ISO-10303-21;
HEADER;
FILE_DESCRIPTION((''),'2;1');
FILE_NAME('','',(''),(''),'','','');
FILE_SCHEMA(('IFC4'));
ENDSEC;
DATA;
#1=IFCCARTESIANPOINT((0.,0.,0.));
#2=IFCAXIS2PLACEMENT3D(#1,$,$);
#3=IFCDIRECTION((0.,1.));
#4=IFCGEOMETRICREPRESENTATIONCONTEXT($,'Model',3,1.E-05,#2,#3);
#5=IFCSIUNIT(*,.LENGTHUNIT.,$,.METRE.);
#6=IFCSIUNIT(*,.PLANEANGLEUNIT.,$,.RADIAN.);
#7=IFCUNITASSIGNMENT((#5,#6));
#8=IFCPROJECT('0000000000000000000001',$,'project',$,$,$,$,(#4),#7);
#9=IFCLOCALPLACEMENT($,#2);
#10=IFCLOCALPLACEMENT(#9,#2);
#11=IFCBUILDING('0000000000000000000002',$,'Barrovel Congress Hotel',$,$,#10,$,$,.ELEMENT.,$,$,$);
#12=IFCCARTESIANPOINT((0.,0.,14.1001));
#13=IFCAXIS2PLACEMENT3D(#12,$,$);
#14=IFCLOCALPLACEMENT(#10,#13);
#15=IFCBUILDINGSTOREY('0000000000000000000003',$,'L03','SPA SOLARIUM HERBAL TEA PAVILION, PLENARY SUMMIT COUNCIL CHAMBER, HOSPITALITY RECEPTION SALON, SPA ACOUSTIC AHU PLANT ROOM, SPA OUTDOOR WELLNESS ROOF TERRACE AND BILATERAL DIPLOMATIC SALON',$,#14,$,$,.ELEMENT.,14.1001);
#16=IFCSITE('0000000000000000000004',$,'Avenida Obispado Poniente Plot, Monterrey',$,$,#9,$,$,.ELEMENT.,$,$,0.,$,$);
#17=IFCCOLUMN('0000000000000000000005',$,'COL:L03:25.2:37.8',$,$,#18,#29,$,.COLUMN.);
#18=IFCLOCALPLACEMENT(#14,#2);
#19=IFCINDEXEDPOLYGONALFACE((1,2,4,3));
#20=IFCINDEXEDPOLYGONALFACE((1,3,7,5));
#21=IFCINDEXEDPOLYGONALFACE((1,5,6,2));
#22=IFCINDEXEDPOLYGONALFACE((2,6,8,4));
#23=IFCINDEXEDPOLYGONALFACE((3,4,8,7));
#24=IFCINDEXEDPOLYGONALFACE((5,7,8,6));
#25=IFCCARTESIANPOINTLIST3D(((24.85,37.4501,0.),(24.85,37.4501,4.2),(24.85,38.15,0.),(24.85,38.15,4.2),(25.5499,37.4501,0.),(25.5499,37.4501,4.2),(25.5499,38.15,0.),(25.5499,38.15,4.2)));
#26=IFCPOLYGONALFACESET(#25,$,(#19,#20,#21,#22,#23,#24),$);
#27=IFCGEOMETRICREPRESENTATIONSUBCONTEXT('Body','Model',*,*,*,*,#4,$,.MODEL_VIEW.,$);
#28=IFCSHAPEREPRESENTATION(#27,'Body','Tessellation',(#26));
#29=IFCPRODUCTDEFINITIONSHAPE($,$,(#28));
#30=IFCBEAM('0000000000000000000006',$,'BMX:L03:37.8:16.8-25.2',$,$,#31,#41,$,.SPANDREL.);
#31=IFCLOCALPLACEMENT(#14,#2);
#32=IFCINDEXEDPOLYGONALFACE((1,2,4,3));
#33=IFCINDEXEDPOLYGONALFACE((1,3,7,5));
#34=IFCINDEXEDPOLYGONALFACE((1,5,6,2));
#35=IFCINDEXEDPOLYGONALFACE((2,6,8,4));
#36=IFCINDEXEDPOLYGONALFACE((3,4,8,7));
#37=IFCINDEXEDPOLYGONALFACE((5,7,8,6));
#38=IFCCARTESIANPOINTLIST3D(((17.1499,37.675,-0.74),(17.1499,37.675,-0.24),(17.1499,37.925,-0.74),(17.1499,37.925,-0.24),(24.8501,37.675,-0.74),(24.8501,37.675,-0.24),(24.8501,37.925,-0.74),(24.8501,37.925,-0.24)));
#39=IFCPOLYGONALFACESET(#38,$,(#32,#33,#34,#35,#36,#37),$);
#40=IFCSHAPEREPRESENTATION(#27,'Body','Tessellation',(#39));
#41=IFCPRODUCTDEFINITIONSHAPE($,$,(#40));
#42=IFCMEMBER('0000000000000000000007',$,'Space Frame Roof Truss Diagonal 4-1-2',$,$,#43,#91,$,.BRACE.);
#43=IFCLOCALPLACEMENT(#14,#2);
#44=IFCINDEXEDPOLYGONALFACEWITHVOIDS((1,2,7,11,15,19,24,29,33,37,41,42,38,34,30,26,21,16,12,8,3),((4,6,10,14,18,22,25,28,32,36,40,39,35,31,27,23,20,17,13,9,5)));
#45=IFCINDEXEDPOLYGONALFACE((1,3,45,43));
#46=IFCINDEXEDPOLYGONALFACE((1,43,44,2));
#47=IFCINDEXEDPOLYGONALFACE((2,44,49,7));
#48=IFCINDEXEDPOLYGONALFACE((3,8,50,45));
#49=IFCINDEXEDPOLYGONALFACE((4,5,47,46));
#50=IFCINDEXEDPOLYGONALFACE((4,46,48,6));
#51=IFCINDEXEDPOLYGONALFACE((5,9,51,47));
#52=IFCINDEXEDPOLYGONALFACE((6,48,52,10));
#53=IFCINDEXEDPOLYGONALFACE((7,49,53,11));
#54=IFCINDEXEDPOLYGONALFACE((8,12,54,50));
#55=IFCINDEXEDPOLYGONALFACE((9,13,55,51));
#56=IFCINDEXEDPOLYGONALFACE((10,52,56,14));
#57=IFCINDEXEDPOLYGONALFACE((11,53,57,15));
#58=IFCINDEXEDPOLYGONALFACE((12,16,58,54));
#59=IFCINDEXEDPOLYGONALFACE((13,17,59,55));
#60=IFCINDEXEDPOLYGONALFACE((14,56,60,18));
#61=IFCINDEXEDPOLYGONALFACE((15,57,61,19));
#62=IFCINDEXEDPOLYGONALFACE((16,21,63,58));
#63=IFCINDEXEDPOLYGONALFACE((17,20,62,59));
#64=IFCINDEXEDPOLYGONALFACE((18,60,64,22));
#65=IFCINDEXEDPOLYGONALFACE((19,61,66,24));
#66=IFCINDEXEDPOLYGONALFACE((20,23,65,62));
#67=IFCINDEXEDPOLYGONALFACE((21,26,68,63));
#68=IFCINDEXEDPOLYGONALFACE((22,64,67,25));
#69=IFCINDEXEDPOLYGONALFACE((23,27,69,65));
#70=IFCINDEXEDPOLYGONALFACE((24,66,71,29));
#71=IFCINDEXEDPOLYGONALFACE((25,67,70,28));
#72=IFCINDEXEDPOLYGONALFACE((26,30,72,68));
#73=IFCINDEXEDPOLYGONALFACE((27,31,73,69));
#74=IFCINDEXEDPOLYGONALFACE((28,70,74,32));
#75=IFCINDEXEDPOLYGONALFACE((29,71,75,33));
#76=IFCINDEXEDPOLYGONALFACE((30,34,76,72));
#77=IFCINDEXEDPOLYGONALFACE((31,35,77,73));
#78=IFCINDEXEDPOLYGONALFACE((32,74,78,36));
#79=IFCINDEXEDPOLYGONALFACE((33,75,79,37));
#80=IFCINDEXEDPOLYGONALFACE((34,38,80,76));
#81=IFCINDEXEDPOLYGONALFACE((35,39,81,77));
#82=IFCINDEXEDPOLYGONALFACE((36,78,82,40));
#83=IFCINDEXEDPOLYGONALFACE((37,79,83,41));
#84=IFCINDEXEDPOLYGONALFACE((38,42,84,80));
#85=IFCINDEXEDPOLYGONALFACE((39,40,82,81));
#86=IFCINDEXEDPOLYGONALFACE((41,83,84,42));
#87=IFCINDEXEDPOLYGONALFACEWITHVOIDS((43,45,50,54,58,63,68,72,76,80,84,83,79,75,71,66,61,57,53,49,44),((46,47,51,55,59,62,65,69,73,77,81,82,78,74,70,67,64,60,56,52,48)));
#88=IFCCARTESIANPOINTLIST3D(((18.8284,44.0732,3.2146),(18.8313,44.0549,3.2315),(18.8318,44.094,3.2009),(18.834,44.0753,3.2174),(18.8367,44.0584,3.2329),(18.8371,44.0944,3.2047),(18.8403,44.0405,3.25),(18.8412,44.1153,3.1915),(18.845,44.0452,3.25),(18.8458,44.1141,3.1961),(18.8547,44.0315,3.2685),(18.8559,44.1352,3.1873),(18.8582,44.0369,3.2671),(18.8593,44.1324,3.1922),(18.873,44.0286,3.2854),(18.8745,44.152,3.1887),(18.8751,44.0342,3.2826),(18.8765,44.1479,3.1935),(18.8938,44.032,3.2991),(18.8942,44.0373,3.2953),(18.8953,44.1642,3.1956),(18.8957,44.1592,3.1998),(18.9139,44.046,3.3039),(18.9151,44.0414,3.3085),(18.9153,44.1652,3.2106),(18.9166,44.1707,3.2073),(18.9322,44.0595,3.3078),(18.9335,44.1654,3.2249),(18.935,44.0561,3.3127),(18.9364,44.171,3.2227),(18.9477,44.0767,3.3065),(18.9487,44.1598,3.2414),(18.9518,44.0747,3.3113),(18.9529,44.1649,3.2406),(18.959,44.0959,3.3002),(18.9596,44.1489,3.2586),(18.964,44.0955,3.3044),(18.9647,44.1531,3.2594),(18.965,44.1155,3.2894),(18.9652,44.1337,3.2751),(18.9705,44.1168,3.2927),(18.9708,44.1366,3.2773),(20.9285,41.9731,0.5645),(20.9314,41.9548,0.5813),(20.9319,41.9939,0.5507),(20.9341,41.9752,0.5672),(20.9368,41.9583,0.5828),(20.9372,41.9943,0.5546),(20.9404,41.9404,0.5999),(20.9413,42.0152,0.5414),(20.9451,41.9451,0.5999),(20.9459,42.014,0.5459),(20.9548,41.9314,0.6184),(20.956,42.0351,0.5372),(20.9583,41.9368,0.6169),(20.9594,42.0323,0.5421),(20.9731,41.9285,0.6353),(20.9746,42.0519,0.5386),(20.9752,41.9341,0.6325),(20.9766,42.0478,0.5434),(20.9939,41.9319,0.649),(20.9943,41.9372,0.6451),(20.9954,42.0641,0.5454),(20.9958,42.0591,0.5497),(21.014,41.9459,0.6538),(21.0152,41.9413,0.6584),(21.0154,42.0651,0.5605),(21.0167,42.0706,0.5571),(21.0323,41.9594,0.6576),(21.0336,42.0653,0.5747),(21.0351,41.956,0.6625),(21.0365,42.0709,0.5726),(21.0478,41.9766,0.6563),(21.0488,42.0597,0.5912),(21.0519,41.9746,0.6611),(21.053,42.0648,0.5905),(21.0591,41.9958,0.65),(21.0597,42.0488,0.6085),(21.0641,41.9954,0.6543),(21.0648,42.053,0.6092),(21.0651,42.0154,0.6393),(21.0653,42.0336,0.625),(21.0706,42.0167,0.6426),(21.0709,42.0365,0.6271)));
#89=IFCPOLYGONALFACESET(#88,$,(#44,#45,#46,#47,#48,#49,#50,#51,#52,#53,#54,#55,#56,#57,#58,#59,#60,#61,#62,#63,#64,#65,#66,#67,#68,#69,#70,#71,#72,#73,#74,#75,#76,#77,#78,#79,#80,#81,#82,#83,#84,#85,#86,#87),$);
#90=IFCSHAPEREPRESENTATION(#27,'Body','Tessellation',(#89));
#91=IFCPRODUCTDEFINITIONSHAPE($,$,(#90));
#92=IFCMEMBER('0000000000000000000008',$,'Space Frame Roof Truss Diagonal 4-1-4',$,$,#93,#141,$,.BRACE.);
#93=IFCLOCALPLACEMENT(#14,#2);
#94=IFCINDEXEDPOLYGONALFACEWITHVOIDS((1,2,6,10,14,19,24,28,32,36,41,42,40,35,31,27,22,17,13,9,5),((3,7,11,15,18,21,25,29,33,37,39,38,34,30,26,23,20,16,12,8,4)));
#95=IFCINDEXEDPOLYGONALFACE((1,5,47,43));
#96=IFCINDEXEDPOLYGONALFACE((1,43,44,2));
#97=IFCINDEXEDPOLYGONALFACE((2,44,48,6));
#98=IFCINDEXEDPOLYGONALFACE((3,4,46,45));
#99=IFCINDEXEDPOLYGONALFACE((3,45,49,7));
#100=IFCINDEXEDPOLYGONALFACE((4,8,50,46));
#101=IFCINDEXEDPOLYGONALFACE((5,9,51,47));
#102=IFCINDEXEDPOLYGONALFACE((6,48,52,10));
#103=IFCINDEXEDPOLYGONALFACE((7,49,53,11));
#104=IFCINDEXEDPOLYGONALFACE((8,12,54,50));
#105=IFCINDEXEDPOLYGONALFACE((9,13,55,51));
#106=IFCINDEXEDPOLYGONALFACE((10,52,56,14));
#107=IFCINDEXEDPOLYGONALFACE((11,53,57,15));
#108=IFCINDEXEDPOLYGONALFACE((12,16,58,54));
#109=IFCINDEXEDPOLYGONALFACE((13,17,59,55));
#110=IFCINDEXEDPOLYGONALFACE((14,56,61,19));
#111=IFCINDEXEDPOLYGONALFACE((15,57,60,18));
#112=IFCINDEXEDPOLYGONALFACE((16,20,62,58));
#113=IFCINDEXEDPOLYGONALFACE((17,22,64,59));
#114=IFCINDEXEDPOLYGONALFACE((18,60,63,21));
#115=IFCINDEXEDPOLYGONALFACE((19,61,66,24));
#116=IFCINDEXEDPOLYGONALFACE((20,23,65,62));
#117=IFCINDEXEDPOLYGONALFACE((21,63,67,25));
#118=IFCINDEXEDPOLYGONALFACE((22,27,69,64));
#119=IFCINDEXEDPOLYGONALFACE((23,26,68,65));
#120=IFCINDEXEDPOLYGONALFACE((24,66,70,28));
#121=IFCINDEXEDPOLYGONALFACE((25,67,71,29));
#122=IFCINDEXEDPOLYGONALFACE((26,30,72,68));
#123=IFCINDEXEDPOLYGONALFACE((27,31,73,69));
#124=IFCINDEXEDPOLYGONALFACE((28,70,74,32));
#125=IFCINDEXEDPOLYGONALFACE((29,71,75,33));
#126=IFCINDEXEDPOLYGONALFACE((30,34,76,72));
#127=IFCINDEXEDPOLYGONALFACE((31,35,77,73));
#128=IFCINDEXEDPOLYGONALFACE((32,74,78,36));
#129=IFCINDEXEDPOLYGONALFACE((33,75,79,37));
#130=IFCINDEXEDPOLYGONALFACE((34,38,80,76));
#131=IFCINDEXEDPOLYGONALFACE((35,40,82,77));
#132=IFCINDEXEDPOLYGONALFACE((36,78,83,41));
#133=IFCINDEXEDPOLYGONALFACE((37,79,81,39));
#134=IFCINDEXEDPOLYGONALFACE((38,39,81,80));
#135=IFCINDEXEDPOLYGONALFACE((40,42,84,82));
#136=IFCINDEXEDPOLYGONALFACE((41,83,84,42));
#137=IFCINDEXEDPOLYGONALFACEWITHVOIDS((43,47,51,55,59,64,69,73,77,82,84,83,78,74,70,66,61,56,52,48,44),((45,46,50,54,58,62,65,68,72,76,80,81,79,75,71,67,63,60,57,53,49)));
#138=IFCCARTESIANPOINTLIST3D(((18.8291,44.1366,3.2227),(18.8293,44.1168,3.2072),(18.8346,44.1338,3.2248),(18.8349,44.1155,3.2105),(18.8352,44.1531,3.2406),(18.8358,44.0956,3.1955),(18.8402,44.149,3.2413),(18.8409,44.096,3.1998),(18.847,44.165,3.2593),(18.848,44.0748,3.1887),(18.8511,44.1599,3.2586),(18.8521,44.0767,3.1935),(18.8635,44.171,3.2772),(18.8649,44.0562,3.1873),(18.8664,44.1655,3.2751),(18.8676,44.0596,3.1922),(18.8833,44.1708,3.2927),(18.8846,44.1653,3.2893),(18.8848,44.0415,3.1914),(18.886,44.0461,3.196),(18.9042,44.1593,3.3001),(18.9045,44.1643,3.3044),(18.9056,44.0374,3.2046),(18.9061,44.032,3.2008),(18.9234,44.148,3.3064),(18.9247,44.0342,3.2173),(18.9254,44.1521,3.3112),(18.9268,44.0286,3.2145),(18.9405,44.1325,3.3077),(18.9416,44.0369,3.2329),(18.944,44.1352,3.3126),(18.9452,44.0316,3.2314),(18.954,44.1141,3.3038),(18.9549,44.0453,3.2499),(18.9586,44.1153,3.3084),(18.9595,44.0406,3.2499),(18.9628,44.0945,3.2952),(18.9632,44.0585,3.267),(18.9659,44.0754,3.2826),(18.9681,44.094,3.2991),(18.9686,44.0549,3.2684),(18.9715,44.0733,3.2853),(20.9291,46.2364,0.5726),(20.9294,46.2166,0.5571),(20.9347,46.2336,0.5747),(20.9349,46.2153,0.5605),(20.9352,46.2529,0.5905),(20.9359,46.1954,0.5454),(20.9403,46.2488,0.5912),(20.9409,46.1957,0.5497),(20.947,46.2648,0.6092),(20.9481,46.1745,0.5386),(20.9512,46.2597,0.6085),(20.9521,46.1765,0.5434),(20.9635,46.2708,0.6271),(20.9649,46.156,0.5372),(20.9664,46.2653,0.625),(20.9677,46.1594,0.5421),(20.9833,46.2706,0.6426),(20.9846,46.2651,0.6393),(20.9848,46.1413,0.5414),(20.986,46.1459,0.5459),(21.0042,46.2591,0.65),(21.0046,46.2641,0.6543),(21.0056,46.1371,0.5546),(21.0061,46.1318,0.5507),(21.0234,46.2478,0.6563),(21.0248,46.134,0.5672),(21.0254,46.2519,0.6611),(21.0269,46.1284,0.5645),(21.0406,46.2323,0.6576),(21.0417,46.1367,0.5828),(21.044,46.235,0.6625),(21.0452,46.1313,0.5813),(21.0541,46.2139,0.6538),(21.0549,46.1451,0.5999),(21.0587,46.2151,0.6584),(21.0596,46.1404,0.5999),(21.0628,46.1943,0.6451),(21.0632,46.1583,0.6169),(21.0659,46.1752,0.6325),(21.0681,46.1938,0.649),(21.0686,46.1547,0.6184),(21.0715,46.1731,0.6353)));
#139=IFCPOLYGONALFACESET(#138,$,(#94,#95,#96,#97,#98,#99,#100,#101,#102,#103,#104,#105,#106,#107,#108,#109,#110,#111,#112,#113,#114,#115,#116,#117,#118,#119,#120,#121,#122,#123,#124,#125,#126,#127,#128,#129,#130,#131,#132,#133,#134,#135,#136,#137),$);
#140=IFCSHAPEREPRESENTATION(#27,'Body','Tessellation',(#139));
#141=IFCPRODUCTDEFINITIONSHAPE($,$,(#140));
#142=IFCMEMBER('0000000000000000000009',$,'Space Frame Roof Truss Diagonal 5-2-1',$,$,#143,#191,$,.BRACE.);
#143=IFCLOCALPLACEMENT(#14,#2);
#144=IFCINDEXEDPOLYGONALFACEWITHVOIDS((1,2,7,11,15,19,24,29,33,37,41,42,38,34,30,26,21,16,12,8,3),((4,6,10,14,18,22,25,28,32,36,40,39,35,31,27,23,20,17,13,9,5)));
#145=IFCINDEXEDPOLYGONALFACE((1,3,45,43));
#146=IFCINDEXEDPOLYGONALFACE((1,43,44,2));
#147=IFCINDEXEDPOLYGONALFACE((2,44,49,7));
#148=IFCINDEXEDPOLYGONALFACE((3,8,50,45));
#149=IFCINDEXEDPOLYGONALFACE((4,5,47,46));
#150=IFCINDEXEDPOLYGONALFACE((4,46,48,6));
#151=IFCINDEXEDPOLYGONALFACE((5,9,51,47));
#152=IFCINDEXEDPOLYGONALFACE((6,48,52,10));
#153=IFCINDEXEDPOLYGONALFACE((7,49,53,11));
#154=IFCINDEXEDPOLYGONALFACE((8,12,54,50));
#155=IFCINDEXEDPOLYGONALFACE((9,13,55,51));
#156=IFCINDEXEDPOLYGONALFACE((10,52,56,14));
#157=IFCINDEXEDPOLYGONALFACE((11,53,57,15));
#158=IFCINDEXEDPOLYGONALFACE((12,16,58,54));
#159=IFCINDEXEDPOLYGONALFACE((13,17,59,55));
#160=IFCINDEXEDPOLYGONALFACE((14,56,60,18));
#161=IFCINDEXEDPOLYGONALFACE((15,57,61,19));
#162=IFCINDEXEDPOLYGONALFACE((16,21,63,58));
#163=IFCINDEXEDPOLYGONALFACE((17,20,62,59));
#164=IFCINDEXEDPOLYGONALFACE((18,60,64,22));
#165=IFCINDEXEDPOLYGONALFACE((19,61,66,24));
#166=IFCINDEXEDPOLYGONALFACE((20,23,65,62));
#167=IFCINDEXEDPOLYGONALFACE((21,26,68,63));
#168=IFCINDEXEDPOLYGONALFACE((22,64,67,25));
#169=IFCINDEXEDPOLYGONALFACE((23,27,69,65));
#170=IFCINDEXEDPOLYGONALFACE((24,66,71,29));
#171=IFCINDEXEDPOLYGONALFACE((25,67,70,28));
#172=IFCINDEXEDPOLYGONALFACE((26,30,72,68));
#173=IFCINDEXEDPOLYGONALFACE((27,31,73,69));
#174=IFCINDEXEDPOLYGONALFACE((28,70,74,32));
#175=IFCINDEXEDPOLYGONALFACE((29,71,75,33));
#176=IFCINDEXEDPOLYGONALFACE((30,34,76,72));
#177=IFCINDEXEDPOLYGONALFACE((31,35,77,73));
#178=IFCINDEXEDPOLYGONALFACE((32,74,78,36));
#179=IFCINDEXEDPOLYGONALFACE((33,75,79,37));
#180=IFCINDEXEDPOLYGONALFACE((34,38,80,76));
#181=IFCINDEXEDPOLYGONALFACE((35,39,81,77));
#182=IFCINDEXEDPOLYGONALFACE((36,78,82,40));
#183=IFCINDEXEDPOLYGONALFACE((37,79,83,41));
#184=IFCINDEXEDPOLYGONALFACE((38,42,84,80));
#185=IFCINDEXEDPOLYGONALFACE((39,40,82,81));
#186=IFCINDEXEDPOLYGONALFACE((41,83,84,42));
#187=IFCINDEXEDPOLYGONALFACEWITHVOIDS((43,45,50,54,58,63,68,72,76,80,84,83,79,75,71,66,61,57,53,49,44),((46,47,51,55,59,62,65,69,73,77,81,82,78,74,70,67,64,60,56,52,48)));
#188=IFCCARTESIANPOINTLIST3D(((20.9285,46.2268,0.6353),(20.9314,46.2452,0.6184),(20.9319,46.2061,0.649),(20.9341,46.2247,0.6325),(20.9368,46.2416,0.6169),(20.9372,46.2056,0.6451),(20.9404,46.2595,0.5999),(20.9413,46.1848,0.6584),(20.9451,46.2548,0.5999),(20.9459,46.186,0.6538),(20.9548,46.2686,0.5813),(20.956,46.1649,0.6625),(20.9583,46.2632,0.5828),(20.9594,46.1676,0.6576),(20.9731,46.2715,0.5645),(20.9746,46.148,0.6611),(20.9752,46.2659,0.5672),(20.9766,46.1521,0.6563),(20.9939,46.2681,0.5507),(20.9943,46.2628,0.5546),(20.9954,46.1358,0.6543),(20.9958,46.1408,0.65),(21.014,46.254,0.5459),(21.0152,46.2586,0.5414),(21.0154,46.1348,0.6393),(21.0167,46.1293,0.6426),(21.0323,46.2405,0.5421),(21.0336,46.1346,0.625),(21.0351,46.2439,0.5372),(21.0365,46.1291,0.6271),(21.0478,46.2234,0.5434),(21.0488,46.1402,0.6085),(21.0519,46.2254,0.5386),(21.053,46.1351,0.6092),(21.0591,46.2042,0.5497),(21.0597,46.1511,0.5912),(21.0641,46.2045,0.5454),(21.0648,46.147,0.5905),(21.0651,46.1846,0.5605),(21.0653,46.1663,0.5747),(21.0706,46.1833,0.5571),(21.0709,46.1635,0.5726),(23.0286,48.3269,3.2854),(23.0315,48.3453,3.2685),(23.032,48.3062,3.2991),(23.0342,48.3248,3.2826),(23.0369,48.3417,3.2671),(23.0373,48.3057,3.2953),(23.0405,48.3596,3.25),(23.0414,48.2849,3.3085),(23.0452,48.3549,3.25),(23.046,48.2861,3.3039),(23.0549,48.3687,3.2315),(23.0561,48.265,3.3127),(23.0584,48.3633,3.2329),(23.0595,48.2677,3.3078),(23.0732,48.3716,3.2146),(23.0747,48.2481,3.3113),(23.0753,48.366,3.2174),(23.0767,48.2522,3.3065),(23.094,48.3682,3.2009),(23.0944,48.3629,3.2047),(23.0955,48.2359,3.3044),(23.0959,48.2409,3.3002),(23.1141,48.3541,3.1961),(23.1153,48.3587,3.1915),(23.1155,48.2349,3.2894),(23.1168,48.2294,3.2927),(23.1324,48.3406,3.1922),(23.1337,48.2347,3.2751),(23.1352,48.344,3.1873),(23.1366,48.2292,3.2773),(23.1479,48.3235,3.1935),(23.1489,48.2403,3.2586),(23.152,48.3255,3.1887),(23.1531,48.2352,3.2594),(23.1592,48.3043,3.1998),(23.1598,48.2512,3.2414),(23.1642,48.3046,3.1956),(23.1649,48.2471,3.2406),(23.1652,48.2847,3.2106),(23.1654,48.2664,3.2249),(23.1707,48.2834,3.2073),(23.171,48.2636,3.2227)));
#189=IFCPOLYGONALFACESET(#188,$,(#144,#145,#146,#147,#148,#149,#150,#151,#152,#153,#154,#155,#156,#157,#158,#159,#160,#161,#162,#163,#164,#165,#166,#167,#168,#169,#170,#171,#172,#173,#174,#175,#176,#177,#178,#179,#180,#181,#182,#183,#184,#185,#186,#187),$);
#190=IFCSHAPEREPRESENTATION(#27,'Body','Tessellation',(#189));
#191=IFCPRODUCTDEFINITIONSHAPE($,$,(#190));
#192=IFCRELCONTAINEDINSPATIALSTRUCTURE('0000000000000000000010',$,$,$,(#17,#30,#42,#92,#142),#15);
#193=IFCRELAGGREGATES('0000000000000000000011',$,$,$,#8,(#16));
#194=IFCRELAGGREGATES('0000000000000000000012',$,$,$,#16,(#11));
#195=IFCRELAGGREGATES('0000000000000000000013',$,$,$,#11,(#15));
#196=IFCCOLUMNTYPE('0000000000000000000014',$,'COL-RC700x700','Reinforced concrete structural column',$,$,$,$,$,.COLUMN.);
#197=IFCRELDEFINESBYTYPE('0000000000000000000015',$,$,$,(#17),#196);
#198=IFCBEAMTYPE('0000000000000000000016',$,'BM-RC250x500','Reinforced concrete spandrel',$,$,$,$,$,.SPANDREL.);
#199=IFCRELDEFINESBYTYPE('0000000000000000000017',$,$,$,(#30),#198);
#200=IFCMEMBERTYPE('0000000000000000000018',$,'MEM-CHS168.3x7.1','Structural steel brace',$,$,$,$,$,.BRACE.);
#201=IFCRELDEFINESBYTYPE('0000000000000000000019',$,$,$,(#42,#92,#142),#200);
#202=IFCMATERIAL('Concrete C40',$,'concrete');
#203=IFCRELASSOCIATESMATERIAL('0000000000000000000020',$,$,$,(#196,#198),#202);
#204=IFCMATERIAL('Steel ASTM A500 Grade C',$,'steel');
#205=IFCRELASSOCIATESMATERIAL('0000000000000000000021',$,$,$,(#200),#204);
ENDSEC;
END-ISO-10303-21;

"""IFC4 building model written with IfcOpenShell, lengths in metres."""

from ifc_helpers import new_model, si_unit, direction, frame, origin, origin_2d, place, context, subcontext, project, spatial, rectangle, hollow_circle, extrude, material, material_profile, profile_set, type_object, element, save


model = new_model("IFC4")

# Units and contexts
model_context = context("Model", 3, precision=1e-05, world=origin(), true_north=direction((0.0, 1.0)))
body_context = subcontext(model_context, "Body", "Model", "MODEL_VIEW")
ifc_project = project(units=[si_unit("LENGTHUNIT", "METRE"), si_unit("PLANEANGLEUNIT", "RADIAN")], contexts=[model_context])

# Site, building, storey
site_placement = place(None, origin())
site = spatial("IfcSite", under=ifc_project, at=site_placement, Name="Avenida Obispado Poniente Plot, Monterrey", CompositionType="ELEMENT", RefElevation=0.0)
building_placement = place(site_placement, origin())
building = spatial("IfcBuilding", under=site, at=building_placement, Name="Barrovel Congress Hotel", CompositionType="ELEMENT")
storey_placement = place(building_placement, frame((0.0, 0.0, 14.1001)))
storey = spatial("IfcBuildingStorey", under=building, at=storey_placement, Name="L03", Description="SPA SOLARIUM HERBAL TEA PAVILION, PLENARY SUMMIT COUNCIL CHAMBER, HOSPITALITY RECEPTION SALON, SPA ACOUSTIC AHU PLANT ROOM, SPA OUTDOOR WELLNESS ROOF TERRACE AND BILATERAL DIPLOMATIC SALON", CompositionType="ELEMENT", Elevation=14.1001)

# Column
ifc_material_1 = material(Name="Concrete C40", Category="concrete")
ifc_material_profile_1 = material_profile(ifc_material_1, rectangle(XDim=0.7, YDim=0.7, at=origin_2d()), Name="RC700x700")
ifc_profile_set_1 = profile_set([ifc_material_profile_1], Name="Concrete C40")
column_type = type_object("IfcColumnType", Name="COL-RC700x700", Description="Reinforced concrete structural column", PredefinedType="COLUMN", material=ifc_profile_set_1)
column_placement = place(storey_placement, frame((25.2, 37.8, 0.0), z_axis=(0.0, 0.0, 1.0), x_axis=(1.0, 0.0, 0.0)))
element("IfcColumn", 1, at=column_placement, inside=storey, type_object=column_type, Name="COL:L03:25.2:37.8", PredefinedType="COLUMN", context=body_context, shape_type="SweptSolid", body=[
    extrude(rectangle(XDim=0.7, YDim=0.7, at=origin_2d()), origin(), (0.0, 0.0, 1.0), 4.2),
])

# Beam
ifc_material_profile_2 = material_profile(ifc_material_1, rectangle(XDim=0.25, YDim=0.5, at=origin_2d()), Name="RC250x500")
ifc_profile_set_2 = profile_set([ifc_material_profile_2], Name="Concrete C40")
beam_type_1 = type_object("IfcBeamType", Name="BM-RC250x500", Description="Reinforced concrete spandrel", PredefinedType="SPANDREL", material=ifc_profile_set_2)
beam_1_placement = place(storey_placement, frame((17.1499, 37.8, -0.49), z_axis=(1.0, 0.0, 0.0), x_axis=(0.0, 1.0, 0.0)))
element("IfcBeam", 2, at=beam_1_placement, inside=storey, type_object=beam_type_1, Name="BMX:L03:37.8:16.8-25.2", PredefinedType="SPANDREL", context=body_context, shape_type="SweptSolid", body=[
    extrude(rectangle(XDim=0.25, YDim=0.5, at=origin_2d()), origin(), (0.0, 0.0, 1.0), 7.7002),
])

# Members
ifc_material_2 = material(Name="Steel ASTM A500 Grade C", Category="steel")
ifc_material_profile_3 = material_profile(ifc_material_2, hollow_circle(Radius=0.0842, WallThickness=0.0066, at=origin_2d()), Name="CHS168.3x7.1")
ifc_profile_set_3 = profile_set([ifc_material_profile_3], Name="Steel ASTM A500 Grade C")
member_type_1 = type_object("IfcMemberType", Name="MEM-CHS168.3x7.1", Description="Structural steel brace", PredefinedType="BRACE", material=ifc_profile_set_3)
member_1_placement = place(storey_placement, frame((21.0, 42.0, 0.5999), z_axis=(-0.527601, 0.527601, 0.665788), x_axis=(-0.707107, -0.707107, 0.0)))
element("IfcMember", 3, at=member_1_placement, inside=storey, type_object=member_type_1, Name="Space Frame Roof Truss Diagonal 4-1-2", PredefinedType="BRACE", context=body_context, shape_type="SweptSolid", body=[
    extrude(hollow_circle(Radius=0.0842, WallThickness=0.0066, at=origin_2d()), origin(), (0.0, 0.0, 1.0), 3.9805),
])
member_2_placement = place(storey_placement, frame((21.0, 46.2, 0.5999), z_axis=(-0.527618, -0.527557, 0.66581), x_axis=(0.707066, -0.707148, 0.0)))
element("IfcMember", 4, at=member_2_placement, inside=storey, type_object=member_type_1, Name="Space Frame Roof Truss Diagonal 4-1-4", PredefinedType="BRACE", context=body_context, shape_type="SweptSolid", body=[
    extrude(hollow_circle(Radius=0.0842, WallThickness=0.0066, at=origin_2d()), origin(), (0.0, 0.0, 1.0), 3.9802),
])
for number, where, z_axis, x_axis, name in (
    (5, (21.0, 46.2, 0.5999), (0.527601, 0.527601, 0.665788), (-0.707107, 0.707107, 0.0), "Space Frame Roof Truss Diagonal 5-2-1"),
):
    element("IfcMember", number, at=place(storey_placement, frame(where, z_axis=z_axis, x_axis=x_axis)), inside=storey, type_object=member_type_1, Name=name, PredefinedType="BRACE", context=body_context, shape_type="SweptSolid", body=[
        extrude(hollow_circle(Radius=0.0842, WallThickness=0.0066, at=origin_2d()), origin(), (0.0, 0.0, 1.0), 3.9805),
    ])

save(model, "model.ifc")
